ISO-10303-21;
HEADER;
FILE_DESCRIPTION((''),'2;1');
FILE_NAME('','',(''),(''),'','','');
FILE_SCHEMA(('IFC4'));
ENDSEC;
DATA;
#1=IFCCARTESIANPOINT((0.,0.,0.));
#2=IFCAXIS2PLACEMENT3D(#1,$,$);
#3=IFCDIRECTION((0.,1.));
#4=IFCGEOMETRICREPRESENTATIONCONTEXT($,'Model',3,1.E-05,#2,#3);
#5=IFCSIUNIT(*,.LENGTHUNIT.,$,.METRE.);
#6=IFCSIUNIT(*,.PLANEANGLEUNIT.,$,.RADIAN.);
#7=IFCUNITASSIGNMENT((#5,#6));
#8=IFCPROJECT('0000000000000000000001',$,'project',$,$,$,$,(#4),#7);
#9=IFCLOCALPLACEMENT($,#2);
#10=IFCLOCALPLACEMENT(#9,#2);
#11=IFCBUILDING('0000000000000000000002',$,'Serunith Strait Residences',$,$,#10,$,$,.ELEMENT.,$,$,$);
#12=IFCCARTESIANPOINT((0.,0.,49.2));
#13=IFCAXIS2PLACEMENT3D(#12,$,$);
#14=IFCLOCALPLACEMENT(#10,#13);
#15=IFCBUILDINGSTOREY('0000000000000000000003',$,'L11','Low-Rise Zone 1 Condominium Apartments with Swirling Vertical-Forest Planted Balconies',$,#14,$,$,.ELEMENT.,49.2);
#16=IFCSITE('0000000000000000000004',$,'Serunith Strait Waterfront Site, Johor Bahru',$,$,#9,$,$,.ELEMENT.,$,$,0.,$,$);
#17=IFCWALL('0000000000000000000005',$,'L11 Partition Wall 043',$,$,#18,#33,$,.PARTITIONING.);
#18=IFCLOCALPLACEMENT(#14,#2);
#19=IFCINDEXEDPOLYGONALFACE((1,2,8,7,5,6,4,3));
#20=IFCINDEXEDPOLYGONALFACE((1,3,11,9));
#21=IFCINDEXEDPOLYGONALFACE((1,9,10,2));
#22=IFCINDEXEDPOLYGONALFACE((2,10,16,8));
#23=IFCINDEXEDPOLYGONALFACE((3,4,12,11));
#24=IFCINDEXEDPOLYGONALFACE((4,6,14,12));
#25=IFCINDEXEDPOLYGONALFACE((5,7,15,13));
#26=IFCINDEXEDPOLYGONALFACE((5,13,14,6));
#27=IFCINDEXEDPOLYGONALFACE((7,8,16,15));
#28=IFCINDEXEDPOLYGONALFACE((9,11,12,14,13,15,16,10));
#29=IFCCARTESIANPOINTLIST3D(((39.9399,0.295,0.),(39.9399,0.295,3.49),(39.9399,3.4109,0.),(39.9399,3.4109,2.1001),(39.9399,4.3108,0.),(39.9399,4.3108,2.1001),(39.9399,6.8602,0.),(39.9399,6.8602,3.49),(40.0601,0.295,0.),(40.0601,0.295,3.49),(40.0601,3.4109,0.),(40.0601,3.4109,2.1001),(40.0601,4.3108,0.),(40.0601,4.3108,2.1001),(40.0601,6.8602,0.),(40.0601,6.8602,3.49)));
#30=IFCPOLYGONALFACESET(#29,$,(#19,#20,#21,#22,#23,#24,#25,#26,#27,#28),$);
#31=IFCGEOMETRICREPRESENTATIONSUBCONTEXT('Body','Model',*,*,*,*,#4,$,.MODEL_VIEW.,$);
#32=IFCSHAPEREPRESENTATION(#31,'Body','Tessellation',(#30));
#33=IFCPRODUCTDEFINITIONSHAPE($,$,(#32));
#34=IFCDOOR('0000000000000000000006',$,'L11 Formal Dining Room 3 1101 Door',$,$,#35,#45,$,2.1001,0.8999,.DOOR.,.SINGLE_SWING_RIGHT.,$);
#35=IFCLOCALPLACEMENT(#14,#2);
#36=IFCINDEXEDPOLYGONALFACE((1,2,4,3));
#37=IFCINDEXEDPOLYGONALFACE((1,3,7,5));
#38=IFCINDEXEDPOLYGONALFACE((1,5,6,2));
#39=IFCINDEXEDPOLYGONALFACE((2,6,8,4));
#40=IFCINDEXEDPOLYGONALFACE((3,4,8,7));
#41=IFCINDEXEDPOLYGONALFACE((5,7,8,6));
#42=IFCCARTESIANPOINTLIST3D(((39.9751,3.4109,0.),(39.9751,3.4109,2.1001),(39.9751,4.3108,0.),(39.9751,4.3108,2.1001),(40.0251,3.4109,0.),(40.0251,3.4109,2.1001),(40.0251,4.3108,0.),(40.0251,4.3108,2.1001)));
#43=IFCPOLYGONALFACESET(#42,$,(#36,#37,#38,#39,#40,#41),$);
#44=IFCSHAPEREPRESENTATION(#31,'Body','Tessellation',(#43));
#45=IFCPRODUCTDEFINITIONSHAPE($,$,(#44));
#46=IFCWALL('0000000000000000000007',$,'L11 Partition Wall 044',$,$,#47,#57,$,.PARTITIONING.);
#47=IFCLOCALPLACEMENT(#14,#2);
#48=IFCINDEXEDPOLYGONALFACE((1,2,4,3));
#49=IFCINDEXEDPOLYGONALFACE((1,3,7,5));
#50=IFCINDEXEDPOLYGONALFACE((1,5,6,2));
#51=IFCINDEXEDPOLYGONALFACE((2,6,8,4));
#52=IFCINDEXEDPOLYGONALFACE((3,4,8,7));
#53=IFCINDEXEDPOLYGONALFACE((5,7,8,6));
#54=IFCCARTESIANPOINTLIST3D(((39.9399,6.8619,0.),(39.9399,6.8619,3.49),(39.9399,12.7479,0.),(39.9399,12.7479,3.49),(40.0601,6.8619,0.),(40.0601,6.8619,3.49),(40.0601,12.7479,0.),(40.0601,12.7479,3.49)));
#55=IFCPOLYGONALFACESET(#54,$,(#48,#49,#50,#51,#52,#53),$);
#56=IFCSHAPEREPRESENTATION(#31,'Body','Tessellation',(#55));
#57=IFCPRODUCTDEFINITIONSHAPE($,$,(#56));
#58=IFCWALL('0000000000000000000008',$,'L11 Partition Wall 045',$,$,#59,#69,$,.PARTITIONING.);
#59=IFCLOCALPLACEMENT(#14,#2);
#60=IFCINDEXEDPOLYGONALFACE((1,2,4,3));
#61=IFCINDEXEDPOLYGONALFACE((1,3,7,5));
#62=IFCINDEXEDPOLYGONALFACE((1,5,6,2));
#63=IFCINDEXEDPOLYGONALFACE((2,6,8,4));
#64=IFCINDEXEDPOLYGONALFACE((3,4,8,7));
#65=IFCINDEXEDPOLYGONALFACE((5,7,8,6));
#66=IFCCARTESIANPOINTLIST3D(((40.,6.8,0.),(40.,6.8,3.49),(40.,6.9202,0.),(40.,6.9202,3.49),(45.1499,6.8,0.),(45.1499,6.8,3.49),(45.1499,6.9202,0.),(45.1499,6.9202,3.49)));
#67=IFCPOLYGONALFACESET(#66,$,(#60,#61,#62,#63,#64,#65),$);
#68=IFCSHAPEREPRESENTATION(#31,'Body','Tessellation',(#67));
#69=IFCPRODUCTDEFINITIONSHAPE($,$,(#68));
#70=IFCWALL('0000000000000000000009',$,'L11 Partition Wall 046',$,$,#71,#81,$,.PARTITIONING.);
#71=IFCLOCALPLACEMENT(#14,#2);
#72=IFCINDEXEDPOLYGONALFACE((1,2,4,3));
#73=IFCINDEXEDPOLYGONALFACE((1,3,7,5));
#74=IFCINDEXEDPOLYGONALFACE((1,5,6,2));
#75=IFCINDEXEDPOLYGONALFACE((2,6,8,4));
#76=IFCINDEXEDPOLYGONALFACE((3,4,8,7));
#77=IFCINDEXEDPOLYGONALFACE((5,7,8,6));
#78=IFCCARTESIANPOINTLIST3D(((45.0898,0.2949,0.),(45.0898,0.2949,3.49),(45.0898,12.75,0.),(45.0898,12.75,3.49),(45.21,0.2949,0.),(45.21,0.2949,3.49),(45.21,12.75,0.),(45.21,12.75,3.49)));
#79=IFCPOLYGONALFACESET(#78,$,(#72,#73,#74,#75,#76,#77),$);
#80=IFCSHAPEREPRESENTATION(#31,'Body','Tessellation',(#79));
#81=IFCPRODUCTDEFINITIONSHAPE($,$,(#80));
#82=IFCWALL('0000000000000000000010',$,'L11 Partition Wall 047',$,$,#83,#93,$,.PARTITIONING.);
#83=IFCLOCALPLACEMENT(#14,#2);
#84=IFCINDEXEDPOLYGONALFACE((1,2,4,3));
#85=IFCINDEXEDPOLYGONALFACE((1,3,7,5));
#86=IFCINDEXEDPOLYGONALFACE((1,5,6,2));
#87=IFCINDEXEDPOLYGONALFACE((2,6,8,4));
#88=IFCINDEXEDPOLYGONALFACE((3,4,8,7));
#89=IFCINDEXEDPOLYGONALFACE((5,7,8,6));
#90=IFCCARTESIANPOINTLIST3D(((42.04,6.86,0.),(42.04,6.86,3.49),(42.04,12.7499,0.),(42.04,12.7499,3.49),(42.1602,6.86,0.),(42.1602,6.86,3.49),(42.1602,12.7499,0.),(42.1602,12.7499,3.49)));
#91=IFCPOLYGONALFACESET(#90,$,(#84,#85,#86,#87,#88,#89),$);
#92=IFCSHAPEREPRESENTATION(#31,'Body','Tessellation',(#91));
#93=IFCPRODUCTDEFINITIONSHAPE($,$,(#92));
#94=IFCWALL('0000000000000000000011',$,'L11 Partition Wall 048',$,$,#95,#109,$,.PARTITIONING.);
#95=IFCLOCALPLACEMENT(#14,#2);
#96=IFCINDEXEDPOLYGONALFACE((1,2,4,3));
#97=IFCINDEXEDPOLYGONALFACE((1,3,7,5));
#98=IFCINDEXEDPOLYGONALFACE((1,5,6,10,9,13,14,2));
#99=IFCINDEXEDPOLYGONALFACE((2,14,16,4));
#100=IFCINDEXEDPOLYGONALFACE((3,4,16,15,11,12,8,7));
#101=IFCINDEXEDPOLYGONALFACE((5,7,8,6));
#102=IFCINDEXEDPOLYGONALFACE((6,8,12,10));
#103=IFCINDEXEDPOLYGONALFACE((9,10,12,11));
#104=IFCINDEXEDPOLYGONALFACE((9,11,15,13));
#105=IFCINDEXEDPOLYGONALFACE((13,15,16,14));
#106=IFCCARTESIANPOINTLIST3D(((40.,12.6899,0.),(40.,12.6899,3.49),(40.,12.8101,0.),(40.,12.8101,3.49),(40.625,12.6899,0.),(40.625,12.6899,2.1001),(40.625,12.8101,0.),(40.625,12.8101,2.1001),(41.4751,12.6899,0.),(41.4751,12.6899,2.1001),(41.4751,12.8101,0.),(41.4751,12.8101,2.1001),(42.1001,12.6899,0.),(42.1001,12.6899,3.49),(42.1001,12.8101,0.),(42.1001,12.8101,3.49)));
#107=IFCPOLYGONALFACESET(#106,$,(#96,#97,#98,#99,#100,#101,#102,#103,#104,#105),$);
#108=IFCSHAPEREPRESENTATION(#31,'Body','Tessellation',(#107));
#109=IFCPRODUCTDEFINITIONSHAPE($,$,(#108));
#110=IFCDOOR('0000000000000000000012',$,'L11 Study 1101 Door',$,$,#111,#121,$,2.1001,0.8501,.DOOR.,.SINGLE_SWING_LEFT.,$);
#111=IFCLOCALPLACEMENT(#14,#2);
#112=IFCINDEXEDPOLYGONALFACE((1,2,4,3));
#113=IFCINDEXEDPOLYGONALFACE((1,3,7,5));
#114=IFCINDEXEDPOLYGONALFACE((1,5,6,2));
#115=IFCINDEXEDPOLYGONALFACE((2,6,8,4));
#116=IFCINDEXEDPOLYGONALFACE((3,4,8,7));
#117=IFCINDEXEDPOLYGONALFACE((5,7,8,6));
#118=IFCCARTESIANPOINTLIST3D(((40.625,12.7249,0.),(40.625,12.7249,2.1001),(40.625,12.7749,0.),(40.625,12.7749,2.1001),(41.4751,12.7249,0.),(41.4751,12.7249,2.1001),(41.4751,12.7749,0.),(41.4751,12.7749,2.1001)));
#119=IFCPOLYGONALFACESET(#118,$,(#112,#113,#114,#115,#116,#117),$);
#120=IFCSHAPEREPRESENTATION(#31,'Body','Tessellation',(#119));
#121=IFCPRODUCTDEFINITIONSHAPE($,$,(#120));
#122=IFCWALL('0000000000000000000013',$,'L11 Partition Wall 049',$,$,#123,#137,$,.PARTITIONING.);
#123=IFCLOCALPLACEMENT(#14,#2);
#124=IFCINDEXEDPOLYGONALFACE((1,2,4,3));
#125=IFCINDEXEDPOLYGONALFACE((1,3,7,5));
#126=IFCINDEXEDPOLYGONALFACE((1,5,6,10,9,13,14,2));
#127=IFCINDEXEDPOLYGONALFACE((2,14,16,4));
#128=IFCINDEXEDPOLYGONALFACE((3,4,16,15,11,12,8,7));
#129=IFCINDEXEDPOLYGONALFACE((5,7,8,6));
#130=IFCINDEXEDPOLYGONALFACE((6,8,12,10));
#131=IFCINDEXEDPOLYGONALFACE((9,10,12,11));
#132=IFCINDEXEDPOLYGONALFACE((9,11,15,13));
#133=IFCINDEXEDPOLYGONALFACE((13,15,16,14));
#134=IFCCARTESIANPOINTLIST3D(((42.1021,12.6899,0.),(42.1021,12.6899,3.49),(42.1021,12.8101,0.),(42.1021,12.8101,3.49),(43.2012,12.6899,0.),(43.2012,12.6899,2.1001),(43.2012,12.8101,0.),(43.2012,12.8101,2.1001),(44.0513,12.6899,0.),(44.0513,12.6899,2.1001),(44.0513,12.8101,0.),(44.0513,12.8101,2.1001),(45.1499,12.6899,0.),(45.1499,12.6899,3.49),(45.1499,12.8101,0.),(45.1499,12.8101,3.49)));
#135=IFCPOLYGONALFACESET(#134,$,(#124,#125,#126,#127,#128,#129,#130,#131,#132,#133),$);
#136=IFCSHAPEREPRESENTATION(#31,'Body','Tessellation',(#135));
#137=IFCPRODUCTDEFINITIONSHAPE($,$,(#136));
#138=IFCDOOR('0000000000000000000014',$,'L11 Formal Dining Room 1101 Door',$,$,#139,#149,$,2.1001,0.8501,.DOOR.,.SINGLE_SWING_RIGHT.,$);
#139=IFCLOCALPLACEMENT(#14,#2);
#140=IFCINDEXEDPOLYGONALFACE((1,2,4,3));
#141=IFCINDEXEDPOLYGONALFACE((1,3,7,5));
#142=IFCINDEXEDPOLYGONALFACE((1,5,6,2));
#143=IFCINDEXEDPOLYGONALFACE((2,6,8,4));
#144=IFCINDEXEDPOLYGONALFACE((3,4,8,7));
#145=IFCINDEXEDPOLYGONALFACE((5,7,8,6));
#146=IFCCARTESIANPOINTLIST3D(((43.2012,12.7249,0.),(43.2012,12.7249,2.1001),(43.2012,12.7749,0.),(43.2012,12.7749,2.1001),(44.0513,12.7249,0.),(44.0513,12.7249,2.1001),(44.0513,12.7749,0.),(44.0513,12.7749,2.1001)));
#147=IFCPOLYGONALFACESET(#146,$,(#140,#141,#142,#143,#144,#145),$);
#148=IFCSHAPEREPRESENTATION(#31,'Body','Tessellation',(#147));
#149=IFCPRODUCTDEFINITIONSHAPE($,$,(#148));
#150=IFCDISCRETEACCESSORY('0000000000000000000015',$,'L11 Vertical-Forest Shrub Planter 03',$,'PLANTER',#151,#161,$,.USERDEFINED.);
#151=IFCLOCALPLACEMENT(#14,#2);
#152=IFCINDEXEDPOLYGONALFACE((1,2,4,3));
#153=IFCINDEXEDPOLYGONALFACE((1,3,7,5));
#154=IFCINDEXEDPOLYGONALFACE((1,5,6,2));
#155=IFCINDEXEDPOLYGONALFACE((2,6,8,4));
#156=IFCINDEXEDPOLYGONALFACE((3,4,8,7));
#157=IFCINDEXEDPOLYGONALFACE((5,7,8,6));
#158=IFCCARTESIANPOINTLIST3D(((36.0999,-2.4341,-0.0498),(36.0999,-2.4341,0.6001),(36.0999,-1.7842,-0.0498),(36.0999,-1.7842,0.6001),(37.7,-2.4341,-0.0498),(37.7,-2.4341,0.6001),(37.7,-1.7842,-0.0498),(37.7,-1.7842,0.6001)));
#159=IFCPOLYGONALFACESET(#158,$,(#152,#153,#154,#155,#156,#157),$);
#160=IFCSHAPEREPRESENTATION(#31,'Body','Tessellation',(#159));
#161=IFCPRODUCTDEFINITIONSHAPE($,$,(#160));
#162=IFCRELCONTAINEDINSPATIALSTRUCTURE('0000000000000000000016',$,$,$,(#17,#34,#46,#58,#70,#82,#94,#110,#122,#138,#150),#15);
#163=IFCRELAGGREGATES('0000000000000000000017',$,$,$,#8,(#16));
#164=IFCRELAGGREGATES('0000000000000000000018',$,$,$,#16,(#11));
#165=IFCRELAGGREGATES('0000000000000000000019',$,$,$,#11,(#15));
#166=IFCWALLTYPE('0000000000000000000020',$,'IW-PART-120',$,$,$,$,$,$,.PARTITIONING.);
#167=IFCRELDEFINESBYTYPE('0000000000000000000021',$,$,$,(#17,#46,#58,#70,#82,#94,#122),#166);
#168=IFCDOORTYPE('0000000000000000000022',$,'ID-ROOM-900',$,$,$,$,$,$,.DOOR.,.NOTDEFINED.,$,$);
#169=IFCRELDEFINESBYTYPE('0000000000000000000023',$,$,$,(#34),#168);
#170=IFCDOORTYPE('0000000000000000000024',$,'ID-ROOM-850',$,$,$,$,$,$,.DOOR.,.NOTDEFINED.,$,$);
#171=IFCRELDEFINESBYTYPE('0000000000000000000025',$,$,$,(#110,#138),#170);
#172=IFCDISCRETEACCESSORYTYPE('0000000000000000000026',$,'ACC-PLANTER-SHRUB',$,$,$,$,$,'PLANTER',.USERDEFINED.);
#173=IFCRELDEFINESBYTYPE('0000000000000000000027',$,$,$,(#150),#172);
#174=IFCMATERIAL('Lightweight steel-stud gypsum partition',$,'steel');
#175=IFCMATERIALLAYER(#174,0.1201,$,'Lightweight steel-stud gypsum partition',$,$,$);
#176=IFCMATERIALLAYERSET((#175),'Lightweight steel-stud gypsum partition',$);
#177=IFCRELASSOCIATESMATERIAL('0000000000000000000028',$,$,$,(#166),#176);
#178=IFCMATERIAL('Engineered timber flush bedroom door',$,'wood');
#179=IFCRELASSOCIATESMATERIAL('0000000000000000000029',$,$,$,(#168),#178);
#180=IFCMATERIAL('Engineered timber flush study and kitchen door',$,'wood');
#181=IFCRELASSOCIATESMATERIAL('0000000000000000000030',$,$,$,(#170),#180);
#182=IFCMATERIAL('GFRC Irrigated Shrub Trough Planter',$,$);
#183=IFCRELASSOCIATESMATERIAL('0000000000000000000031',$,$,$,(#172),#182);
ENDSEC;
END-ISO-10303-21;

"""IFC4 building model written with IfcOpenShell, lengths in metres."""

from ifc_helpers import new_model, si_unit, direction, frame, frame_2d, origin, origin_2d, place, context, subcontext, project, spatial, rectangle, extrude, source, transform, mapped, material, layer, layer_set, type_object, element, fill, save


model = new_model("IFC4")

# Units and contexts
model_context = context("Model", 3, precision=1e-05, world=origin(), true_north=direction((0.0, 1.0)))
body_context = subcontext(model_context, "Body", "Model", "MODEL_VIEW")
ifc_project = project(units=[si_unit("LENGTHUNIT", "METRE"), si_unit("PLANEANGLEUNIT", "RADIAN")], contexts=[model_context])

# Site, building, storey
site_placement = place(None, origin())
site = spatial("IfcSite", under=ifc_project, at=site_placement, Name="Serunith Strait Waterfront Site, Johor Bahru", CompositionType="ELEMENT", RefElevation=0.0)
building_placement = place(site_placement, origin())
building = spatial("IfcBuilding", under=site, at=building_placement, Name="Serunith Strait Residences", CompositionType="ELEMENT")
storey_placement = place(building_placement, frame((0.0, 0.0, 49.2)))
storey = spatial("IfcBuildingStorey", under=building, at=storey_placement, Name="L11", Description="Low-Rise Zone 1 Condominium Apartments with Swirling Vertical-Forest Planted Balconies", CompositionType="ELEMENT", Elevation=49.2)

# Shared definitions
ifc_material_1 = material(Name="Lightweight steel-stud gypsum partition", Category="steel")
ifc_layer_1 = layer(ifc_material_1, 0.1201, Name="Lightweight steel-stud gypsum partition")
ifc_layer_set_1 = layer_set([ifc_layer_1], Name="Lightweight steel-stud gypsum partition")
wall_type_1 = type_object("IfcWallType", Name="IW-PART-120", PredefinedType="PARTITIONING", material=ifc_layer_set_1)

# Wall, opening, door
ifc_material_2 = material(Name="Engineered timber flush bedroom door", Category="wood")
door_type_1 = type_object("IfcDoorType", Name="ID-ROOM-900", OperationType="NOTDEFINED", PredefinedType="DOOR", material=ifc_material_2)
shared_shape_1 = source(origin(), body_context, "Body", "SweptSolid", [
    extrude(rectangle(XDim=0.8999, YDim=2.1001, at=frame_2d((0.45, 1.05))), frame((0.0, 0.0249, 0.0), z_axis=(0.0, -1.0, 0.0), x_axis=(1.0, 0.0, 0.0)), (0.0, 0.0, 1.0), 0.05),
])
wall_1_placement = place(storey_placement, frame((40.0, 0.2949, 0.0), z_axis=(0.0, 0.0, 1.0), x_axis=(0.0, 1.0, 0.0)))
wall_1 = element("IfcWall", 1, at=wall_1_placement, inside=storey, type_object=wall_type_1, Name="L11 Partition Wall 043", PredefinedType="PARTITIONING", context=body_context, shape_type="SweptSolid", body=[
    extrude(rectangle(XDim=6.5652, YDim=0.1201, at=frame_2d((3.2827, 0.0))), origin(), (0.0, 0.0, 1.0), 3.49),
])
opening_1_placement = place(wall_1_placement, frame((3.116, 0.0, 0.0)))
opening_1 = element("IfcOpeningElement", 2, at=opening_1_placement, cuts=wall_1, PredefinedType="OPENING", context=body_context, shape_type="SweptSolid", body=[
    extrude(rectangle(XDim=0.8999, YDim=2.1001, at=frame_2d((0.45, 1.05))), frame((0.0, 0.0701, 0.0), z_axis=(0.0, -1.0, 0.0), x_axis=(1.0, 0.0, 0.0)), (0.0, 0.0, 1.0), 0.1401),
])
door_1_placement = place(opening_1_placement, origin())
door_1 = element("IfcDoor", 3, at=door_1_placement, inside=storey, type_object=door_type_1, Name="L11 Formal Dining Room 3 1101 Door", OperationType="SINGLE_SWING_RIGHT", OverallHeight=2.1001, OverallWidth=0.8999, PredefinedType="DOOR", context=body_context, shape_type="MappedRepresentation", body=[
    mapped(shared_shape_1, transform((0.0, 0.0, 0.0), scale=1.0)),
])
fill(opening_1, door_1)

# Walls
wall_2_placement = place(storey_placement, frame((40.0, 6.8621, 0.0), z_axis=(0.0, 0.0, 1.0), x_axis=(0.0, 1.0, 0.0)))
element("IfcWall", 4, at=wall_2_placement, inside=storey, type_object=wall_type_1, Name="L11 Partition Wall 044", PredefinedType="PARTITIONING", context=body_context, shape_type="SweptSolid", body=[
    extrude(rectangle(XDim=5.886, YDim=0.1201, at=frame_2d((2.9429, 0.0))), origin(), (0.0, 0.0, 1.0), 3.49),
])
wall_3_placement = place(storey_placement, frame((40.0, 6.8601, 0.0), z_axis=(0.0, 0.0, 1.0), x_axis=(1.0, 0.0, 0.0)))
element("IfcWall", 5, at=wall_3_placement, inside=storey, type_object=wall_type_1, Name="L11 Partition Wall 045", PredefinedType="PARTITIONING", context=body_context, shape_type="SweptSolid", body=[
    extrude(rectangle(XDim=5.1499, YDim=0.1201, at=frame_2d((2.575, 0.0))), origin(), (0.0, 0.0, 1.0), 3.49),
])
wall_4_placement = place(storey_placement, frame((45.1499, 0.2949, 0.0), z_axis=(0.0, 0.0, 1.0), x_axis=(0.0, 1.0, 0.0)))
element("IfcWall", 6, at=wall_4_placement, inside=storey, type_object=wall_type_1, Name="L11 Partition Wall 046", PredefinedType="PARTITIONING", context=body_context, shape_type="SweptSolid", body=[
    extrude(rectangle(XDim=12.4551, YDim=0.1201, at=frame_2d((6.2275, 0.0))), origin(), (0.0, 0.0, 1.0), 3.49),
])
wall_5_placement = place(storey_placement, frame((42.1001, 6.8601, 0.0), z_axis=(0.0, 0.0, 1.0), x_axis=(0.0, 1.0, 0.0)))
element("IfcWall", 7, at=wall_5_placement, inside=storey, type_object=wall_type_1, Name="L11 Partition Wall 047", PredefinedType="PARTITIONING", context=body_context, shape_type="SweptSolid", body=[
    extrude(rectangle(XDim=5.8899, YDim=0.1201, at=frame_2d((2.9448, 0.0))), origin(), (0.0, 0.0, 1.0), 3.49),
])

# Walls, openings, doors
wall_6_placement = place(storey_placement, frame((40.0, 12.75, 0.0), z_axis=(0.0, 0.0, 1.0), x_axis=(1.0, 0.0, 0.0)))
wall_6 = element("IfcWall", 8, at=wall_6_placement, inside=storey, type_object=wall_type_1, Name="L11 Partition Wall 048", PredefinedType="PARTITIONING", context=body_context, shape_type="SweptSolid", body=[
    extrude(rectangle(XDim=2.1001, YDim=0.1201, at=frame_2d((1.05, 0.0))), origin(), (0.0, 0.0, 1.0), 3.49),
])
opening_2_placement = place(wall_6_placement, frame((0.625, 0.0, 0.0)))
opening_2 = element("IfcOpeningElement", 9, at=opening_2_placement, cuts=wall_6, PredefinedType="OPENING", context=body_context, shape_type="SweptSolid", body=[
    extrude(rectangle(XDim=0.8501, YDim=2.1001, at=frame_2d((0.425, 1.05))), frame((0.0, 0.0701, 0.0), z_axis=(0.0, -1.0, 0.0), x_axis=(1.0, 0.0, 0.0)), (0.0, 0.0, 1.0), 0.1401),
])
ifc_material_3 = material(Name="Engineered timber flush study and kitchen door", Category="wood")
door_type_2 = type_object("IfcDoorType", Name="ID-ROOM-850", OperationType="NOTDEFINED", PredefinedType="DOOR", material=ifc_material_3)
shared_shape_2 = source(origin(), body_context, "Body", "SweptSolid", [
    extrude(rectangle(XDim=0.8501, YDim=2.1001, at=frame_2d((0.425, 1.05))), frame((0.0, 0.0249, 0.0), z_axis=(0.0, -1.0, 0.0), x_axis=(1.0, 0.0, 0.0)), (0.0, 0.0, 1.0), 0.05),
])
door_2_placement = place(opening_2_placement, origin())
door_2 = element("IfcDoor", 10, at=door_2_placement, inside=storey, type_object=door_type_2, Name="L11 Study 1101 Door", OperationType="SINGLE_SWING_LEFT", OverallHeight=2.1001, OverallWidth=0.8501, PredefinedType="DOOR", context=body_context, shape_type="MappedRepresentation", body=[
    mapped(shared_shape_2, transform((0.0, 0.0, 0.0), scale=1.0)),
])
fill(opening_2, door_2)
wall_7_placement = place(storey_placement, frame((42.1021, 12.75, 0.0), z_axis=(0.0, 0.0, 1.0), x_axis=(1.0, 0.0, 0.0)))
wall_7 = element("IfcWall", 11, at=wall_7_placement, inside=storey, type_object=wall_type_1, Name="L11 Partition Wall 049", PredefinedType="PARTITIONING", context=body_context, shape_type="SweptSolid", body=[
    extrude(rectangle(XDim=3.0479, YDim=0.1201, at=frame_2d((1.5239, 0.0))), origin(), (0.0, 0.0, 1.0), 3.49),
])
opening_3_placement = place(wall_7_placement, frame((1.0991, 0.0, 0.0)))
opening_3 = element("IfcOpeningElement", 12, at=opening_3_placement, cuts=wall_7, PredefinedType="OPENING", context=body_context, shape_type="SweptSolid", body=[
    extrude(rectangle(XDim=0.8501, YDim=2.1001, at=frame_2d((0.425, 1.05))), frame((0.0, 0.0701, 0.0), z_axis=(0.0, -1.0, 0.0), x_axis=(1.0, 0.0, 0.0)), (0.0, 0.0, 1.0), 0.1401),
])
door_3_placement = place(opening_3_placement, origin())
door_3 = element("IfcDoor", 13, at=door_3_placement, inside=storey, type_object=door_type_2, Name="L11 Formal Dining Room 1101 Door", OperationType="SINGLE_SWING_RIGHT", OverallHeight=2.1001, OverallWidth=0.8501, PredefinedType="DOOR", context=body_context, shape_type="MappedRepresentation", body=[
    mapped(shared_shape_2, transform((0.0, 0.0, 0.0), scale=1.0)),
])
fill(opening_3, door_3)

# Discrete accessory
ifc_material_4 = material(Name="GFRC Irrigated Shrub Trough Planter")
discrete_accessory_type = type_object("IfcDiscreteAccessoryType", Name="ACC-PLANTER-SHRUB", ElementType="PLANTER", PredefinedType="USERDEFINED", material=ifc_material_4)
shared_shape_3 = source(origin(), body_context, "Body", "SweptSolid", [
    extrude(rectangle(XDim=1.6001, YDim=0.6499, at=origin_2d()), origin(), (0.0, 0.0, 1.0), 0.6499),
])
discrete_accessory_placement = place(storey_placement, frame((36.8999, -2.1091, -0.0498), z_axis=(0.0, 0.0, 1.0), x_axis=(1.0, 0.0, 0.0)))
element("IfcDiscreteAccessory", 14, at=discrete_accessory_placement, inside=storey, type_object=discrete_accessory_type, Name="L11 Vertical-Forest Shrub Planter 03", ObjectType="PLANTER", PredefinedType="USERDEFINED", context=body_context, shape_type="MappedRepresentation", body=[
    mapped(shared_shape_3, transform((0.0, 0.0, 0.0), scale=1.0)),
])

save(model, "model.ifc")
